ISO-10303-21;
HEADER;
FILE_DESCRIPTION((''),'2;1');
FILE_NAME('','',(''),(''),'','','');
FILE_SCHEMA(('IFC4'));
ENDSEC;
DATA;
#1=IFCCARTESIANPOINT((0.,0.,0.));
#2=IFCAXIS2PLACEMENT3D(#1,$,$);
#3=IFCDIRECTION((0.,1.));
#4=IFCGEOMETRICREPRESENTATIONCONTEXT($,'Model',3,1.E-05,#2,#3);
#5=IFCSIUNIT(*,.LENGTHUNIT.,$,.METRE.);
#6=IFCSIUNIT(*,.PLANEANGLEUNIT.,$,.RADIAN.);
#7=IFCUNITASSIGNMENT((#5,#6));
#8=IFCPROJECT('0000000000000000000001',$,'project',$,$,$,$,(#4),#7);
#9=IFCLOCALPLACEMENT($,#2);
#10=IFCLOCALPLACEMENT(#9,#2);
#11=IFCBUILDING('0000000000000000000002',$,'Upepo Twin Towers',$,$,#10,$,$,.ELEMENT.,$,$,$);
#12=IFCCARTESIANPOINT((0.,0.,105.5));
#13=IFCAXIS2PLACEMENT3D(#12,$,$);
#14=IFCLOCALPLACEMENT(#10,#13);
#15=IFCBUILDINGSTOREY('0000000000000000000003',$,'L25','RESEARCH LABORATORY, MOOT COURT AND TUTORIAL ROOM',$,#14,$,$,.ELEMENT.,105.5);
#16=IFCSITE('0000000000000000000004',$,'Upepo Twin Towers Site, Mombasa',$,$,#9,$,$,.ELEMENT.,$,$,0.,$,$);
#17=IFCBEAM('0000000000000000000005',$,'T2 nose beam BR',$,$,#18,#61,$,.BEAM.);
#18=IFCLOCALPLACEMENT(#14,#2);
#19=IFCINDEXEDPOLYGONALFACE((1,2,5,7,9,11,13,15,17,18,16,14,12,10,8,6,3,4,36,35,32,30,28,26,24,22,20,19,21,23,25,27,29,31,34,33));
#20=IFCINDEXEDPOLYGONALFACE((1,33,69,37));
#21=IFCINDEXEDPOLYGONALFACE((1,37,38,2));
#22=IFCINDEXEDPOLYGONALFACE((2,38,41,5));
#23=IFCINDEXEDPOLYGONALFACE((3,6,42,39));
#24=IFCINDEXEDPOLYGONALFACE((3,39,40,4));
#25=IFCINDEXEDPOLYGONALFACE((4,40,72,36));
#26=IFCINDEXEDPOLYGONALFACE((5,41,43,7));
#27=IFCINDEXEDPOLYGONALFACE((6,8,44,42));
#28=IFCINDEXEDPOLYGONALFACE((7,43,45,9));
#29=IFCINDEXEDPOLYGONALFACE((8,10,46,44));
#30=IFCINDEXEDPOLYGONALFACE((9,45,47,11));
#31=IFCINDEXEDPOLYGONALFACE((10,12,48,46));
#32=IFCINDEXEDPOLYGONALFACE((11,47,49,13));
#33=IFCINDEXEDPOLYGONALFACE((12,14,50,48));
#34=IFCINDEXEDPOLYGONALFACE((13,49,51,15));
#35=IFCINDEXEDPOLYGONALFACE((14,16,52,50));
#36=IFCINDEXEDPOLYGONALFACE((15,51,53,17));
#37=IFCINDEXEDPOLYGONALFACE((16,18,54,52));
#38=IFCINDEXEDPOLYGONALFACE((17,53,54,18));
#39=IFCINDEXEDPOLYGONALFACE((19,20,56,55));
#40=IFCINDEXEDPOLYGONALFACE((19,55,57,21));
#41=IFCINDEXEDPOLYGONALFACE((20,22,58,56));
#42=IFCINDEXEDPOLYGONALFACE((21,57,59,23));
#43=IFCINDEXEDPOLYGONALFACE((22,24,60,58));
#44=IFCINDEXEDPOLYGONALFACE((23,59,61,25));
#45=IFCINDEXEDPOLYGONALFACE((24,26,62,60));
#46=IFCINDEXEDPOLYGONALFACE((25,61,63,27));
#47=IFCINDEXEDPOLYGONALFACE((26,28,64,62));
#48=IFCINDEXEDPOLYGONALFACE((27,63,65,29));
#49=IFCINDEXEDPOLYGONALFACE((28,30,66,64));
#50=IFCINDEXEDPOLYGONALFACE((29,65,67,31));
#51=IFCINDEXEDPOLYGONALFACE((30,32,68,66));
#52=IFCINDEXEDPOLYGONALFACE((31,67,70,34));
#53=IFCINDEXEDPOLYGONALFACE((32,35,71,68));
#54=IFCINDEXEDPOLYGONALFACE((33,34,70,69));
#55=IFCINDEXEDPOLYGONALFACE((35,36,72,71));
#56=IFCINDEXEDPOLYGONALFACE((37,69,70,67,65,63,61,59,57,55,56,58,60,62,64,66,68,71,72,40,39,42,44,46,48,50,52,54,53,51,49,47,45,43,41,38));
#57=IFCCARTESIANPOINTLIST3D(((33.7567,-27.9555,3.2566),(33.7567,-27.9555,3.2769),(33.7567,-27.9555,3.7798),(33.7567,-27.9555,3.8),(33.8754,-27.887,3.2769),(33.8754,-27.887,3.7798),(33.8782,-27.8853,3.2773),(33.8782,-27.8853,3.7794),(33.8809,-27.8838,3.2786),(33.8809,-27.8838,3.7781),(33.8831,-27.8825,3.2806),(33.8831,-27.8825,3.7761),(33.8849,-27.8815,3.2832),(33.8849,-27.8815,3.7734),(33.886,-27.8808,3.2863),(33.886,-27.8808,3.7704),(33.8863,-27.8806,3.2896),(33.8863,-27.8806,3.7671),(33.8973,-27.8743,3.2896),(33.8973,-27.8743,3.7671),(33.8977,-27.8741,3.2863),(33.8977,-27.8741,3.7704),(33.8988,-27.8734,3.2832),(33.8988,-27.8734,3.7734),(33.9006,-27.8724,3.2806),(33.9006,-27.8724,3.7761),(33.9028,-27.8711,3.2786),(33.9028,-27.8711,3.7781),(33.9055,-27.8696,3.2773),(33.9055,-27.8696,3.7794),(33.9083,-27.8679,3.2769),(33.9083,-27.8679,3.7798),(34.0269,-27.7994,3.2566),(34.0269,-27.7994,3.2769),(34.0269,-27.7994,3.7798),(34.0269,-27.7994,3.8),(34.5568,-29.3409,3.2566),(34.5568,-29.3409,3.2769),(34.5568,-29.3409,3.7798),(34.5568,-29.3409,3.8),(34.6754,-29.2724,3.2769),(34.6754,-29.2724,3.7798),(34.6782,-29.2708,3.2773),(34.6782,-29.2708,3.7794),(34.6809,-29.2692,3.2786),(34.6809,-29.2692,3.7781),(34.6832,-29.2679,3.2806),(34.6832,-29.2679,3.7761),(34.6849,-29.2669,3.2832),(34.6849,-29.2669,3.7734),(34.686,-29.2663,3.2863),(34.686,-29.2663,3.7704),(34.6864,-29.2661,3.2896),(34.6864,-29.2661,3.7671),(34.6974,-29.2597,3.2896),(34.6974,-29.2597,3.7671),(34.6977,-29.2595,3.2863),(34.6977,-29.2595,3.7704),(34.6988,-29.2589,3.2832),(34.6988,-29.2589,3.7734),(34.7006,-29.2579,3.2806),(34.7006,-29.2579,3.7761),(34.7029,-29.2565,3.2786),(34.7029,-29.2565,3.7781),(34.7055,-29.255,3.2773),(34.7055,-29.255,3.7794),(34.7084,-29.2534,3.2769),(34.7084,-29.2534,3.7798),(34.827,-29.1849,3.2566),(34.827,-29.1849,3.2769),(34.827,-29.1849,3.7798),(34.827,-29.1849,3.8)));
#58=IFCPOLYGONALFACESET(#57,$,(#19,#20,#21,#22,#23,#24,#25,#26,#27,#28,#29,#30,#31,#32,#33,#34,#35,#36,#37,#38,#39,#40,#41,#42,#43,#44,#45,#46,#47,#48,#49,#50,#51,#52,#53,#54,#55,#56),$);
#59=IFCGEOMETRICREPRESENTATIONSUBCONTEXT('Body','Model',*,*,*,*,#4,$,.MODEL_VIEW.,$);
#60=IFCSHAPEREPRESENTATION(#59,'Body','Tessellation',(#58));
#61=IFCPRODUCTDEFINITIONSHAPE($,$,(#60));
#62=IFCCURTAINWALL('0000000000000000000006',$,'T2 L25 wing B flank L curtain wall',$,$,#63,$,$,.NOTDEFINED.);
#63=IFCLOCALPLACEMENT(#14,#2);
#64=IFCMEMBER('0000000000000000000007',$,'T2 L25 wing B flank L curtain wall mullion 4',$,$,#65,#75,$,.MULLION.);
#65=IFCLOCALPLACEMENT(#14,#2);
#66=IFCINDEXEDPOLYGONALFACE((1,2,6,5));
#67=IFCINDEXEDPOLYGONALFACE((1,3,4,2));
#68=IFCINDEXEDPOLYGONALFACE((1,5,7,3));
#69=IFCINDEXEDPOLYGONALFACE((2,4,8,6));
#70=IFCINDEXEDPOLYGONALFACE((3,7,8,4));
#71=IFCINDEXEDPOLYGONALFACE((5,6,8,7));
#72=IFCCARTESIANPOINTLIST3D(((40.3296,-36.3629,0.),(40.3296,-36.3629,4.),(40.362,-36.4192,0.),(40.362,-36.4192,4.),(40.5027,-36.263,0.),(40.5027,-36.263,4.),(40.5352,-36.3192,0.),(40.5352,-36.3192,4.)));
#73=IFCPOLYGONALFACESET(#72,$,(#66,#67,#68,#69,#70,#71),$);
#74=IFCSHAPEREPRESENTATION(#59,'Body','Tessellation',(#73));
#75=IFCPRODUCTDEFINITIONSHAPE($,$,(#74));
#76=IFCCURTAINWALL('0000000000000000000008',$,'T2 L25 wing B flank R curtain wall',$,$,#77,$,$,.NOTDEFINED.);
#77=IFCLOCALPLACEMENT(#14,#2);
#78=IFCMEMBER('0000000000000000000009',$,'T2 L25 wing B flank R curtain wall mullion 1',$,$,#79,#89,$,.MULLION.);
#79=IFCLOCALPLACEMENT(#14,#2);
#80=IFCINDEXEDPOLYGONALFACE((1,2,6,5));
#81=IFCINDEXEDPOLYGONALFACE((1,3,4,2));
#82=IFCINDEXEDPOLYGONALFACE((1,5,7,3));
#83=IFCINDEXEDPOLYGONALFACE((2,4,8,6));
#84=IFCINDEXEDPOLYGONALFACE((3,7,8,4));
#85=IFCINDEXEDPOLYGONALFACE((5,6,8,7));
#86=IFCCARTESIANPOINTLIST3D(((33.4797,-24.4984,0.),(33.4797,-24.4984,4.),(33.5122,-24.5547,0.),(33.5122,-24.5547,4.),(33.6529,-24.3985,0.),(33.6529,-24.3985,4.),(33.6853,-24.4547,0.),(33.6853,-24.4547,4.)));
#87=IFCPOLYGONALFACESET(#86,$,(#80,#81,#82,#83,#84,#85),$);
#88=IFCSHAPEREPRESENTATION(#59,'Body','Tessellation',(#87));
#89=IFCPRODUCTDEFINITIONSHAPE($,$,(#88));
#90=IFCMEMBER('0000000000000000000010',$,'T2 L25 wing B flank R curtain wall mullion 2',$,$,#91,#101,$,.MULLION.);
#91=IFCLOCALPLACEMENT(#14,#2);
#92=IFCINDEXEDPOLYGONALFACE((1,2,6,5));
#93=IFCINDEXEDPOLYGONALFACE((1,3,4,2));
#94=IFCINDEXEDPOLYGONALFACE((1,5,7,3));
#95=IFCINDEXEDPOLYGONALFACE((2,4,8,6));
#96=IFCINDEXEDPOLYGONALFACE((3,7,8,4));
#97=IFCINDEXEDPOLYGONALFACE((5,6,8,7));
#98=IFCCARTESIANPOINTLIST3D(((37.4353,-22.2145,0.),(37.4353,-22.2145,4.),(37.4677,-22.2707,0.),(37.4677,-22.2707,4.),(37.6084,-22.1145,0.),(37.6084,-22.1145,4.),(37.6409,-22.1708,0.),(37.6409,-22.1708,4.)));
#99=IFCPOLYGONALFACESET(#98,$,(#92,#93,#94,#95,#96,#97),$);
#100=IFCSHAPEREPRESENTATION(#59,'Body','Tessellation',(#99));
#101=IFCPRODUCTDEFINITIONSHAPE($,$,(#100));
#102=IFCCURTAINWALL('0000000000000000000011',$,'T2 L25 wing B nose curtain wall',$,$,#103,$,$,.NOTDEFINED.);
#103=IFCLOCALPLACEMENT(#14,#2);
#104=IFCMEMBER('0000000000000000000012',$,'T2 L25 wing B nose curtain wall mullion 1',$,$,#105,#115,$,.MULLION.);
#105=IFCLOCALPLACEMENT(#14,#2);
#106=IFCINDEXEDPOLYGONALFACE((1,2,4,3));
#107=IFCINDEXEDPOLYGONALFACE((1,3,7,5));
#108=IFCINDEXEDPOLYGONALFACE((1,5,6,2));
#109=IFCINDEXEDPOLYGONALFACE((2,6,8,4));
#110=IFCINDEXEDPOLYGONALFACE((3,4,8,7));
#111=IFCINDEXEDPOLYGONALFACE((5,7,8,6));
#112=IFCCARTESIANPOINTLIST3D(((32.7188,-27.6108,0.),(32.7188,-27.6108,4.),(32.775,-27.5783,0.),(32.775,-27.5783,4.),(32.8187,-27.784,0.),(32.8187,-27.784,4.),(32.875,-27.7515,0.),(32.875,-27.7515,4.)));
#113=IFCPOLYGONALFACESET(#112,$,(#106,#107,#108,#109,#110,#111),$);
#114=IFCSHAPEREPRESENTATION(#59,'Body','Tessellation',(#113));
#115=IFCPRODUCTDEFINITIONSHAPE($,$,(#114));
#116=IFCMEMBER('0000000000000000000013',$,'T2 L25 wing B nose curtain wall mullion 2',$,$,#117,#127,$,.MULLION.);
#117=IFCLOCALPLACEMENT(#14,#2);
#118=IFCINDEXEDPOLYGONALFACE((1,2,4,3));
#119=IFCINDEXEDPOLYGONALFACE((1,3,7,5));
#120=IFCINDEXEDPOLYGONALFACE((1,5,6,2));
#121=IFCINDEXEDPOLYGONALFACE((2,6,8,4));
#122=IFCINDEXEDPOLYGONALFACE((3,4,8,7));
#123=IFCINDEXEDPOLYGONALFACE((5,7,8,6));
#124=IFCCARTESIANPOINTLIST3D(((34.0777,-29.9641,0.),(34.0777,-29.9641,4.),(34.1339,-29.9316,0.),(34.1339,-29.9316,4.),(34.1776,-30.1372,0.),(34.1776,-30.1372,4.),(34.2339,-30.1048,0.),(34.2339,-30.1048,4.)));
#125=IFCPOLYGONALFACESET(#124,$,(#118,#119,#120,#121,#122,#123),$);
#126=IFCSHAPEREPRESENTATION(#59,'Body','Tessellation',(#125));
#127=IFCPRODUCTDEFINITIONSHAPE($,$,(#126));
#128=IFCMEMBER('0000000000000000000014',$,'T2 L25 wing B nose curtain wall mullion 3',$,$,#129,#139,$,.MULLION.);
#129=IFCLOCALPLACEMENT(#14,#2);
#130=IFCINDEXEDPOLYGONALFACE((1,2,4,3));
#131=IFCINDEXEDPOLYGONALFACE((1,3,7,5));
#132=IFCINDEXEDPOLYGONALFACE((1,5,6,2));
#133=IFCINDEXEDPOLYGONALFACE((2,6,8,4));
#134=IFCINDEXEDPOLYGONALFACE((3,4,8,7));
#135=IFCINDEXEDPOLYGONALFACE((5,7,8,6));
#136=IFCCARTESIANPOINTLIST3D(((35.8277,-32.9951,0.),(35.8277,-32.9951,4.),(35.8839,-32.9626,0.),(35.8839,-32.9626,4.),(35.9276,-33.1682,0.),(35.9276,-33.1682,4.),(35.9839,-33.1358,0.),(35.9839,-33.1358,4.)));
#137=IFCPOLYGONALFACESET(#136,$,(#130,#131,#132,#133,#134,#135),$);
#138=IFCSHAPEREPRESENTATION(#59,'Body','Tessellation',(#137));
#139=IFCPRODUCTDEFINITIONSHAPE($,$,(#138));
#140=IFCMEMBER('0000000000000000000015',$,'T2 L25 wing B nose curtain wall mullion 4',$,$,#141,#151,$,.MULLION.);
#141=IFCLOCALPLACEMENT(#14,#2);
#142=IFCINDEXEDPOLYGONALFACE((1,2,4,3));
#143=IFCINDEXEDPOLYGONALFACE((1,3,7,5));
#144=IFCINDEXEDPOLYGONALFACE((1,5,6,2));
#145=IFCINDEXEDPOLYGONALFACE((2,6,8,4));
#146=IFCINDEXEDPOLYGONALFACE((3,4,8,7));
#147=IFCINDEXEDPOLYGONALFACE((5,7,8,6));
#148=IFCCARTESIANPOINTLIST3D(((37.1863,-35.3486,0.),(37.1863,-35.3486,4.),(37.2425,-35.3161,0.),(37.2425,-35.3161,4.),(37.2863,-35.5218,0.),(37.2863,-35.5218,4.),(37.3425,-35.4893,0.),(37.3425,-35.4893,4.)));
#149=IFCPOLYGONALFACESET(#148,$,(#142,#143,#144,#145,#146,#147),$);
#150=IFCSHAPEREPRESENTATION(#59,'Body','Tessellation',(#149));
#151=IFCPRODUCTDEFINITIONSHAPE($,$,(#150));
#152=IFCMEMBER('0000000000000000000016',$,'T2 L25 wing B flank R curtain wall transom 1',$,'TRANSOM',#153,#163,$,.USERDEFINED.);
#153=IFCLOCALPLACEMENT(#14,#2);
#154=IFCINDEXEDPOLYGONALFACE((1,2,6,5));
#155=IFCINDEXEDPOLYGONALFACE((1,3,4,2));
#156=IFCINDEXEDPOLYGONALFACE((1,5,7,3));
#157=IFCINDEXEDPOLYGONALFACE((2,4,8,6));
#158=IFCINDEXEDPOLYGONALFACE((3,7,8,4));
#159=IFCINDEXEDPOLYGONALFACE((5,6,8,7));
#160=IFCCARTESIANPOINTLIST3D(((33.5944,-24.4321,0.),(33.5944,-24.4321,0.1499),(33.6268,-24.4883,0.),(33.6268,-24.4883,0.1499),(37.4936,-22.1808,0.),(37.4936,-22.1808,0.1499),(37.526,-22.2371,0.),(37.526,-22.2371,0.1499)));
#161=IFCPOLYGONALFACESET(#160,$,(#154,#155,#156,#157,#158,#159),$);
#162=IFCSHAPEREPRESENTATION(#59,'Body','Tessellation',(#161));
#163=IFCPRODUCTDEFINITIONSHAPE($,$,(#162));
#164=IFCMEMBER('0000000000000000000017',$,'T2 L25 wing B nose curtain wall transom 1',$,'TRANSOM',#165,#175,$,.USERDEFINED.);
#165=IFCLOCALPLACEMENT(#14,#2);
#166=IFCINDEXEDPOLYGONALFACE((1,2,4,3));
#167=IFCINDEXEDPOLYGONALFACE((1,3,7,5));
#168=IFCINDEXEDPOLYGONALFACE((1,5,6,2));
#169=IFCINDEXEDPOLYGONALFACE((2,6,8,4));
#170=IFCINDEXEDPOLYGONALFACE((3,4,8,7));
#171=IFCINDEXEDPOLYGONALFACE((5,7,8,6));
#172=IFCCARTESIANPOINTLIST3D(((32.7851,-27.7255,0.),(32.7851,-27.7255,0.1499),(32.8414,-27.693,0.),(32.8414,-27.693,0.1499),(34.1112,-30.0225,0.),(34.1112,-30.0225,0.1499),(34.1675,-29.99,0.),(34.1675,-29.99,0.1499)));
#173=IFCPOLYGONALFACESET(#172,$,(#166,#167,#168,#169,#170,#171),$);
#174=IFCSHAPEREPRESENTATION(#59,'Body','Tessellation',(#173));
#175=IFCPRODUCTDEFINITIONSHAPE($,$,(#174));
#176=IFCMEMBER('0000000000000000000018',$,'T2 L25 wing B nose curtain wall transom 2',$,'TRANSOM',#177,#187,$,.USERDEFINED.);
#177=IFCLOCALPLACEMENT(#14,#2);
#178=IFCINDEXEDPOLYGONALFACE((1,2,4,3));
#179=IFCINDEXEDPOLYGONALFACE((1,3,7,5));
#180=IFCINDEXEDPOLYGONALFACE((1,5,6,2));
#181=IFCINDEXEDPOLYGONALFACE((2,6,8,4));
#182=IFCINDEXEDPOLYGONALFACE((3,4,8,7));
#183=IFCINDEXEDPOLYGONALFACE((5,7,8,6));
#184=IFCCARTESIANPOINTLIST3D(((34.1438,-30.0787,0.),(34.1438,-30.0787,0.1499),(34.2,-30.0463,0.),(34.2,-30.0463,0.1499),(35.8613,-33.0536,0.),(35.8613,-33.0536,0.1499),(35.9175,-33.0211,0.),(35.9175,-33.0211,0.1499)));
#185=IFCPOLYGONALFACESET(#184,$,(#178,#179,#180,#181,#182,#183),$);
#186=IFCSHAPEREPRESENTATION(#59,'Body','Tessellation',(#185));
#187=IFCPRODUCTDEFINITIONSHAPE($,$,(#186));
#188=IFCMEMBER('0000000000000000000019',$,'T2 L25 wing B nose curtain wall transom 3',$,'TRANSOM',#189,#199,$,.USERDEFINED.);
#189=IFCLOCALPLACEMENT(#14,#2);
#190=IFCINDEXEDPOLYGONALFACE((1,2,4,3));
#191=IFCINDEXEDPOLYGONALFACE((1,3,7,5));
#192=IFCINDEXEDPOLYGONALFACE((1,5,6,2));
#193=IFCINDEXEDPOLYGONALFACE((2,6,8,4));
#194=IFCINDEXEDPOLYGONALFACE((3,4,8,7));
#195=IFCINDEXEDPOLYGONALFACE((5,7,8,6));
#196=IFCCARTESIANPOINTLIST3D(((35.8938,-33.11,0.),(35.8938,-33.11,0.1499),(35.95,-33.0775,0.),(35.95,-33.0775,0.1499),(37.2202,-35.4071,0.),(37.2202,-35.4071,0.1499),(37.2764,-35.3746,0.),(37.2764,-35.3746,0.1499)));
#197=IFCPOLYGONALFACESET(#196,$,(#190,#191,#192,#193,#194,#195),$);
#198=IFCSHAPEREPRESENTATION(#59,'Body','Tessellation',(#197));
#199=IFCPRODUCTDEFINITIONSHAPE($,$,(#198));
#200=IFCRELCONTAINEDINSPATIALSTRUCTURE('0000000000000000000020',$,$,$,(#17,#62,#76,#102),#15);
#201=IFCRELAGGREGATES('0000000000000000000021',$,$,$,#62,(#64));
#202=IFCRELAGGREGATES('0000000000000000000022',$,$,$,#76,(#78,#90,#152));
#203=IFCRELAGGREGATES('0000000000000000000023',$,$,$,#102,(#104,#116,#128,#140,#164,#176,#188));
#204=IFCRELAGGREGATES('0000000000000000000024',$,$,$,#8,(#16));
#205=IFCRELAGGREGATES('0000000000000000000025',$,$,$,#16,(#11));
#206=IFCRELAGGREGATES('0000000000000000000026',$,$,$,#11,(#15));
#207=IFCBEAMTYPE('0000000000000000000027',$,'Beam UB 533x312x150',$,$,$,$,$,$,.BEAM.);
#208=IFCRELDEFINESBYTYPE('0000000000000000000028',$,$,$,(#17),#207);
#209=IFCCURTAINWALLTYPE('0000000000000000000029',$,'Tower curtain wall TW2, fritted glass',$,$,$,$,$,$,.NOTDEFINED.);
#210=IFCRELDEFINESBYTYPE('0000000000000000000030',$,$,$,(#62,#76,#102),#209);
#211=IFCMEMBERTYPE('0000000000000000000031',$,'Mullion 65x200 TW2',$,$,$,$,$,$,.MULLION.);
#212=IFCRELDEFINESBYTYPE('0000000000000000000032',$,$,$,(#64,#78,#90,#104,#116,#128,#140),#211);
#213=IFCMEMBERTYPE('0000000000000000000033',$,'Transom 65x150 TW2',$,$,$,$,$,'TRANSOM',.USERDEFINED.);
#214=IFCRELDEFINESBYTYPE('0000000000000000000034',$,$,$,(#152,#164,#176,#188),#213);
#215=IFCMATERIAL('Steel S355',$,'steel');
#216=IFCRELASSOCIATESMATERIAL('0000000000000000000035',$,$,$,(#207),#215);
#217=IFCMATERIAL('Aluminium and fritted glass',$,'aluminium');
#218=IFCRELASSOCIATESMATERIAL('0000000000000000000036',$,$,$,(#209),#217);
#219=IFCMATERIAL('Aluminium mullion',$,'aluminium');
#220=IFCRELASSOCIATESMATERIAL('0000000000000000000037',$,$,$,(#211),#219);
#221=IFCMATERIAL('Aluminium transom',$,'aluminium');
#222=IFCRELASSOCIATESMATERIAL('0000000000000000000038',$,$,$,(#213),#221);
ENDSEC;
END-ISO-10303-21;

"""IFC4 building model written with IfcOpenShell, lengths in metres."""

from ifc_helpers import new_model, si_unit, direction, frame, origin, origin_2d, place, context, subcontext, project, spatial, rectangle, i_section, extrude, material, material_profile, profile_set, type_object, element, aggregate, save


model = new_model("IFC4")

# Units and contexts
model_context = context("Model", 3, precision=1e-05, world=origin(), true_north=direction((0.0, 1.0)))
body_context = subcontext(model_context, "Body", "Model", "MODEL_VIEW")
ifc_project = project(units=[si_unit("LENGTHUNIT", "METRE"), si_unit("PLANEANGLEUNIT", "RADIAN")], contexts=[model_context])

# Site, building, storey
site_placement = place(None, origin())
site = spatial("IfcSite", under=ifc_project, at=site_placement, Name="Upepo Twin Towers Site, Mombasa", CompositionType="ELEMENT", RefElevation=0.0)
building_placement = place(site_placement, origin())
building = spatial("IfcBuilding", under=site, at=building_placement, Name="Upepo Twin Towers", CompositionType="ELEMENT")
storey_placement = place(building_placement, frame((0.0, 0.0, 105.5)))
storey = spatial("IfcBuildingStorey", under=building, at=storey_placement, Name="L25", Description="RESEARCH LABORATORY, MOOT COURT AND TUTORIAL ROOM", CompositionType="ELEMENT", Elevation=105.5)

# Beam
ifc_material_1 = material(Name="Steel S355", Category="steel")
ifc_material_profile_1 = material_profile(ifc_material_1, i_section(OverallWidth=0.312, OverallDepth=0.5435, WebThickness=0.0127, FlangeThickness=0.0203, FilletRadius=0.0127, at=origin_2d()), Name="UB 533x312x150")
ifc_profile_set_1 = profile_set([ifc_material_profile_1], Name="Steel S355")
beam_type_1 = type_object("IfcBeamType", Name="Beam UB 533x312x150", PredefinedType="BEAM", material=ifc_profile_set_1)
for number, where, z_axis, x_axis, name in (
    (1, (33.8918, -27.8774, 3.5283), (0.500061, -0.86599, 0.0), (0.86599, 0.500061, 0.0), "T2 nose beam BR"),
):
    element("IfcBeam", number, at=place(storey_placement, frame(where, z_axis=z_axis, x_axis=x_axis)), inside=storey, type_object=beam_type_1, Name=name, PredefinedType="BEAM", context=body_context, shape_type="SweptSolid", body=[
        extrude(i_section(OverallWidth=0.312, OverallDepth=0.5435, WebThickness=0.0127, FlangeThickness=0.0203, FilletRadius=0.0127, at=origin_2d()), origin(), (0.0, 0.0, 1.0), 1.5999),
    ])

# Curtain wall, member
ifc_material_2 = material(Name="Aluminium and fritted glass", Category="aluminium")
curtain_wall_type = type_object("IfcCurtainWallType", Name="Tower curtain wall TW2, fritted glass", PredefinedType="NOTDEFINED", material=ifc_material_2)
curtain_wall_1_placement = place(storey_placement, origin())
curtain_wall_1 = element("IfcCurtainWall", 2, at=curtain_wall_1_placement, inside=storey, type_object=curtain_wall_type, Name="T2 L25 wing B flank L curtain wall", PredefinedType="NOTDEFINED")
ifc_material_3 = material(Name="Aluminium mullion", Category="aluminium")
ifc_material_profile_2 = material_profile(ifc_material_3, rectangle(XDim=0.0649, YDim=0.2, at=origin_2d()), Name="MULLION 65x200")
ifc_profile_set_2 = profile_set([ifc_material_profile_2], Name="Aluminium mullion")
member_type_1 = type_object("IfcMemberType", Name="Mullion 65x200 TW2", PredefinedType="MULLION", material=ifc_profile_set_2)
member_1_placement = place(storey_placement, frame((40.4324, -36.3411, 0.0), z_axis=(0.0, 0.0, 1.0), x_axis=(0.5, -0.866025, 0.0)))
member_1 = element("IfcMember", 3, at=member_1_placement, type_object=member_type_1, Name="T2 L25 wing B flank L curtain wall mullion 4", PredefinedType="MULLION", context=body_context, shape_type="SweptSolid", body=[
    extrude(rectangle(XDim=0.0649, YDim=0.2, at=origin_2d()), origin(), (0.0, 0.0, 1.0), 4.0),
])
aggregate(curtain_wall_1, [member_1])

# Curtain walls, members
curtain_wall_2_placement = place(storey_placement, origin())
curtain_wall_2 = element("IfcCurtainWall", 4, at=curtain_wall_2_placement, inside=storey, type_object=curtain_wall_type, Name="T2 L25 wing B flank R curtain wall", PredefinedType="NOTDEFINED")
member_2_placement = place(storey_placement, frame((33.5825, -24.4766, 0.0), z_axis=(0.0, 0.0, 1.0), x_axis=(-0.5, 0.866025, 0.0)))
member_2 = element("IfcMember", 5, at=member_2_placement, type_object=member_type_1, Name="T2 L25 wing B flank R curtain wall mullion 1", PredefinedType="MULLION", context=body_context, shape_type="SweptSolid", body=[
    extrude(rectangle(XDim=0.0649, YDim=0.2, at=origin_2d()), origin(), (0.0, 0.0, 1.0), 4.0),
])
member_3_placement = place(storey_placement, frame((37.5381, -22.1926, 0.0), z_axis=(0.0, 0.0, 1.0), x_axis=(-0.5, 0.866025, 0.0)))
member_3 = element("IfcMember", 6, at=member_3_placement, type_object=member_type_1, Name="T2 L25 wing B flank R curtain wall mullion 2", PredefinedType="MULLION", context=body_context, shape_type="SweptSolid", body=[
    extrude(rectangle(XDim=0.0649, YDim=0.2, at=origin_2d()), origin(), (0.0, 0.0, 1.0), 4.0),
])
curtain_wall_3_placement = place(storey_placement, origin())
curtain_wall_3 = element("IfcCurtainWall", 7, at=curtain_wall_3_placement, inside=storey, type_object=curtain_wall_type, Name="T2 L25 wing B nose curtain wall", PredefinedType="NOTDEFINED")
member_4_placement = place(storey_placement, frame((32.7969, -27.6812, 0.0), z_axis=(0.0, 0.0, 1.0), x_axis=(0.866025, 0.5, 0.0)))
member_4 = element("IfcMember", 8, at=member_4_placement, type_object=member_type_1, Name="T2 L25 wing B nose curtain wall mullion 1", PredefinedType="MULLION", context=body_context, shape_type="SweptSolid", body=[
    extrude(rectangle(XDim=0.0649, YDim=0.2, at=origin_2d()), origin(), (0.0, 0.0, 1.0), 4.0),
])
member_5_placement = place(storey_placement, frame((34.1558, -30.0344, 0.0), z_axis=(0.0, 0.0, 1.0), x_axis=(0.866025, 0.5, 0.0)))
member_5 = element("IfcMember", 9, at=member_5_placement, type_object=member_type_1, Name="T2 L25 wing B nose curtain wall mullion 2", PredefinedType="MULLION", context=body_context, shape_type="SweptSolid", body=[
    extrude(rectangle(XDim=0.0649, YDim=0.2, at=origin_2d()), origin(), (0.0, 0.0, 1.0), 4.0),
])
member_6_placement = place(storey_placement, frame((35.9058, -33.0654, 0.0), z_axis=(0.0, 0.0, 1.0), x_axis=(0.866025, 0.5, 0.0)))
member_6 = element("IfcMember", 10, at=member_6_placement, type_object=member_type_1, Name="T2 L25 wing B nose curtain wall mullion 3", PredefinedType="MULLION", context=body_context, shape_type="SweptSolid", body=[
    extrude(rectangle(XDim=0.0649, YDim=0.2, at=origin_2d()), origin(), (0.0, 0.0, 1.0), 4.0),
])
member_7_placement = place(storey_placement, frame((37.2644, -35.4189, 0.0), z_axis=(0.0, 0.0, 1.0), x_axis=(0.866025, 0.5, 0.0)))
member_7 = element("IfcMember", 11, at=member_7_placement, type_object=member_type_1, Name="T2 L25 wing B nose curtain wall mullion 4", PredefinedType="MULLION", context=body_context, shape_type="SweptSolid", body=[
    extrude(rectangle(XDim=0.0649, YDim=0.2, at=origin_2d()), origin(), (0.0, 0.0, 1.0), 4.0),
])

# Members
ifc_material_4 = material(Name="Aluminium transom", Category="aluminium")
ifc_material_profile_3 = material_profile(ifc_material_4, rectangle(XDim=0.0649, YDim=0.1499, at=origin_2d()), Name="TRANSOM 65x150")
ifc_profile_set_3 = profile_set([ifc_material_profile_3], Name="Aluminium transom")
member_type_2 = type_object("IfcMemberType", Name="Transom 65x150 TW2", ElementType="TRANSOM", PredefinedType="USERDEFINED", material=ifc_profile_set_3)
member_8_placement = place(storey_placement, frame((33.6106, -24.4602, 0.075), z_axis=(0.866022, 0.500006, 0.0), x_axis=(-0.500006, 0.866022, 0.0)))
member_8 = element("IfcMember", 12, at=member_8_placement, type_object=member_type_2, Name="T2 L25 wing B flank R curtain wall transom 1", ObjectType="TRANSOM", PredefinedType="USERDEFINED", context=body_context, shape_type="SweptSolid", body=[
    extrude(rectangle(XDim=0.0649, YDim=0.1499, at=origin_2d()), origin(), (0.0, 0.0, 1.0), 4.5024),
])
member_9_placement = place(storey_placement, frame((32.8132, -27.7092, 0.075), z_axis=(0.49998, -0.866037, 0.0), x_axis=(0.866037, 0.49998, 0.0)))
member_9 = element("IfcMember", 13, at=member_9_placement, type_object=member_type_2, Name="T2 L25 wing B nose curtain wall transom 1", ObjectType="TRANSOM", PredefinedType="USERDEFINED", context=body_context, shape_type="SweptSolid", body=[
    extrude(rectangle(XDim=0.0649, YDim=0.1499, at=origin_2d()), origin(), (0.0, 0.0, 1.0), 2.6523),
])
member_10_placement = place(storey_placement, frame((34.1719, -30.0625, 0.075), z_axis=(0.499999, -0.866026, 0.0), x_axis=(0.866026, 0.499999, 0.0)))
member_10 = element("IfcMember", 14, at=member_10_placement, type_object=member_type_2, Name="T2 L25 wing B nose curtain wall transom 2", ObjectType="TRANSOM", PredefinedType="USERDEFINED", context=body_context, shape_type="SweptSolid", body=[
    extrude(rectangle(XDim=0.0649, YDim=0.1499, at=origin_2d()), origin(), (0.0, 0.0, 1.0), 3.4351),
])
member_11_placement = place(storey_placement, frame((35.9219, -33.0938, 0.075), z_axis=(0.500049, -0.865997, 0.0), x_axis=(0.865997, 0.500049, 0.0)))
member_11 = element("IfcMember", 15, at=member_11_placement, type_object=member_type_2, Name="T2 L25 wing B nose curtain wall transom 3", ObjectType="TRANSOM", PredefinedType="USERDEFINED", context=body_context, shape_type="SweptSolid", body=[
    extrude(rectangle(XDim=0.0649, YDim=0.1499, at=origin_2d()), origin(), (0.0, 0.0, 1.0), 2.6526),
])

aggregate(curtain_wall_2, [member_2, member_3, member_8])
aggregate(curtain_wall_3, [member_4, member_5, member_6, member_7, member_9, member_10, member_11])

save(model, "model.ifc")
